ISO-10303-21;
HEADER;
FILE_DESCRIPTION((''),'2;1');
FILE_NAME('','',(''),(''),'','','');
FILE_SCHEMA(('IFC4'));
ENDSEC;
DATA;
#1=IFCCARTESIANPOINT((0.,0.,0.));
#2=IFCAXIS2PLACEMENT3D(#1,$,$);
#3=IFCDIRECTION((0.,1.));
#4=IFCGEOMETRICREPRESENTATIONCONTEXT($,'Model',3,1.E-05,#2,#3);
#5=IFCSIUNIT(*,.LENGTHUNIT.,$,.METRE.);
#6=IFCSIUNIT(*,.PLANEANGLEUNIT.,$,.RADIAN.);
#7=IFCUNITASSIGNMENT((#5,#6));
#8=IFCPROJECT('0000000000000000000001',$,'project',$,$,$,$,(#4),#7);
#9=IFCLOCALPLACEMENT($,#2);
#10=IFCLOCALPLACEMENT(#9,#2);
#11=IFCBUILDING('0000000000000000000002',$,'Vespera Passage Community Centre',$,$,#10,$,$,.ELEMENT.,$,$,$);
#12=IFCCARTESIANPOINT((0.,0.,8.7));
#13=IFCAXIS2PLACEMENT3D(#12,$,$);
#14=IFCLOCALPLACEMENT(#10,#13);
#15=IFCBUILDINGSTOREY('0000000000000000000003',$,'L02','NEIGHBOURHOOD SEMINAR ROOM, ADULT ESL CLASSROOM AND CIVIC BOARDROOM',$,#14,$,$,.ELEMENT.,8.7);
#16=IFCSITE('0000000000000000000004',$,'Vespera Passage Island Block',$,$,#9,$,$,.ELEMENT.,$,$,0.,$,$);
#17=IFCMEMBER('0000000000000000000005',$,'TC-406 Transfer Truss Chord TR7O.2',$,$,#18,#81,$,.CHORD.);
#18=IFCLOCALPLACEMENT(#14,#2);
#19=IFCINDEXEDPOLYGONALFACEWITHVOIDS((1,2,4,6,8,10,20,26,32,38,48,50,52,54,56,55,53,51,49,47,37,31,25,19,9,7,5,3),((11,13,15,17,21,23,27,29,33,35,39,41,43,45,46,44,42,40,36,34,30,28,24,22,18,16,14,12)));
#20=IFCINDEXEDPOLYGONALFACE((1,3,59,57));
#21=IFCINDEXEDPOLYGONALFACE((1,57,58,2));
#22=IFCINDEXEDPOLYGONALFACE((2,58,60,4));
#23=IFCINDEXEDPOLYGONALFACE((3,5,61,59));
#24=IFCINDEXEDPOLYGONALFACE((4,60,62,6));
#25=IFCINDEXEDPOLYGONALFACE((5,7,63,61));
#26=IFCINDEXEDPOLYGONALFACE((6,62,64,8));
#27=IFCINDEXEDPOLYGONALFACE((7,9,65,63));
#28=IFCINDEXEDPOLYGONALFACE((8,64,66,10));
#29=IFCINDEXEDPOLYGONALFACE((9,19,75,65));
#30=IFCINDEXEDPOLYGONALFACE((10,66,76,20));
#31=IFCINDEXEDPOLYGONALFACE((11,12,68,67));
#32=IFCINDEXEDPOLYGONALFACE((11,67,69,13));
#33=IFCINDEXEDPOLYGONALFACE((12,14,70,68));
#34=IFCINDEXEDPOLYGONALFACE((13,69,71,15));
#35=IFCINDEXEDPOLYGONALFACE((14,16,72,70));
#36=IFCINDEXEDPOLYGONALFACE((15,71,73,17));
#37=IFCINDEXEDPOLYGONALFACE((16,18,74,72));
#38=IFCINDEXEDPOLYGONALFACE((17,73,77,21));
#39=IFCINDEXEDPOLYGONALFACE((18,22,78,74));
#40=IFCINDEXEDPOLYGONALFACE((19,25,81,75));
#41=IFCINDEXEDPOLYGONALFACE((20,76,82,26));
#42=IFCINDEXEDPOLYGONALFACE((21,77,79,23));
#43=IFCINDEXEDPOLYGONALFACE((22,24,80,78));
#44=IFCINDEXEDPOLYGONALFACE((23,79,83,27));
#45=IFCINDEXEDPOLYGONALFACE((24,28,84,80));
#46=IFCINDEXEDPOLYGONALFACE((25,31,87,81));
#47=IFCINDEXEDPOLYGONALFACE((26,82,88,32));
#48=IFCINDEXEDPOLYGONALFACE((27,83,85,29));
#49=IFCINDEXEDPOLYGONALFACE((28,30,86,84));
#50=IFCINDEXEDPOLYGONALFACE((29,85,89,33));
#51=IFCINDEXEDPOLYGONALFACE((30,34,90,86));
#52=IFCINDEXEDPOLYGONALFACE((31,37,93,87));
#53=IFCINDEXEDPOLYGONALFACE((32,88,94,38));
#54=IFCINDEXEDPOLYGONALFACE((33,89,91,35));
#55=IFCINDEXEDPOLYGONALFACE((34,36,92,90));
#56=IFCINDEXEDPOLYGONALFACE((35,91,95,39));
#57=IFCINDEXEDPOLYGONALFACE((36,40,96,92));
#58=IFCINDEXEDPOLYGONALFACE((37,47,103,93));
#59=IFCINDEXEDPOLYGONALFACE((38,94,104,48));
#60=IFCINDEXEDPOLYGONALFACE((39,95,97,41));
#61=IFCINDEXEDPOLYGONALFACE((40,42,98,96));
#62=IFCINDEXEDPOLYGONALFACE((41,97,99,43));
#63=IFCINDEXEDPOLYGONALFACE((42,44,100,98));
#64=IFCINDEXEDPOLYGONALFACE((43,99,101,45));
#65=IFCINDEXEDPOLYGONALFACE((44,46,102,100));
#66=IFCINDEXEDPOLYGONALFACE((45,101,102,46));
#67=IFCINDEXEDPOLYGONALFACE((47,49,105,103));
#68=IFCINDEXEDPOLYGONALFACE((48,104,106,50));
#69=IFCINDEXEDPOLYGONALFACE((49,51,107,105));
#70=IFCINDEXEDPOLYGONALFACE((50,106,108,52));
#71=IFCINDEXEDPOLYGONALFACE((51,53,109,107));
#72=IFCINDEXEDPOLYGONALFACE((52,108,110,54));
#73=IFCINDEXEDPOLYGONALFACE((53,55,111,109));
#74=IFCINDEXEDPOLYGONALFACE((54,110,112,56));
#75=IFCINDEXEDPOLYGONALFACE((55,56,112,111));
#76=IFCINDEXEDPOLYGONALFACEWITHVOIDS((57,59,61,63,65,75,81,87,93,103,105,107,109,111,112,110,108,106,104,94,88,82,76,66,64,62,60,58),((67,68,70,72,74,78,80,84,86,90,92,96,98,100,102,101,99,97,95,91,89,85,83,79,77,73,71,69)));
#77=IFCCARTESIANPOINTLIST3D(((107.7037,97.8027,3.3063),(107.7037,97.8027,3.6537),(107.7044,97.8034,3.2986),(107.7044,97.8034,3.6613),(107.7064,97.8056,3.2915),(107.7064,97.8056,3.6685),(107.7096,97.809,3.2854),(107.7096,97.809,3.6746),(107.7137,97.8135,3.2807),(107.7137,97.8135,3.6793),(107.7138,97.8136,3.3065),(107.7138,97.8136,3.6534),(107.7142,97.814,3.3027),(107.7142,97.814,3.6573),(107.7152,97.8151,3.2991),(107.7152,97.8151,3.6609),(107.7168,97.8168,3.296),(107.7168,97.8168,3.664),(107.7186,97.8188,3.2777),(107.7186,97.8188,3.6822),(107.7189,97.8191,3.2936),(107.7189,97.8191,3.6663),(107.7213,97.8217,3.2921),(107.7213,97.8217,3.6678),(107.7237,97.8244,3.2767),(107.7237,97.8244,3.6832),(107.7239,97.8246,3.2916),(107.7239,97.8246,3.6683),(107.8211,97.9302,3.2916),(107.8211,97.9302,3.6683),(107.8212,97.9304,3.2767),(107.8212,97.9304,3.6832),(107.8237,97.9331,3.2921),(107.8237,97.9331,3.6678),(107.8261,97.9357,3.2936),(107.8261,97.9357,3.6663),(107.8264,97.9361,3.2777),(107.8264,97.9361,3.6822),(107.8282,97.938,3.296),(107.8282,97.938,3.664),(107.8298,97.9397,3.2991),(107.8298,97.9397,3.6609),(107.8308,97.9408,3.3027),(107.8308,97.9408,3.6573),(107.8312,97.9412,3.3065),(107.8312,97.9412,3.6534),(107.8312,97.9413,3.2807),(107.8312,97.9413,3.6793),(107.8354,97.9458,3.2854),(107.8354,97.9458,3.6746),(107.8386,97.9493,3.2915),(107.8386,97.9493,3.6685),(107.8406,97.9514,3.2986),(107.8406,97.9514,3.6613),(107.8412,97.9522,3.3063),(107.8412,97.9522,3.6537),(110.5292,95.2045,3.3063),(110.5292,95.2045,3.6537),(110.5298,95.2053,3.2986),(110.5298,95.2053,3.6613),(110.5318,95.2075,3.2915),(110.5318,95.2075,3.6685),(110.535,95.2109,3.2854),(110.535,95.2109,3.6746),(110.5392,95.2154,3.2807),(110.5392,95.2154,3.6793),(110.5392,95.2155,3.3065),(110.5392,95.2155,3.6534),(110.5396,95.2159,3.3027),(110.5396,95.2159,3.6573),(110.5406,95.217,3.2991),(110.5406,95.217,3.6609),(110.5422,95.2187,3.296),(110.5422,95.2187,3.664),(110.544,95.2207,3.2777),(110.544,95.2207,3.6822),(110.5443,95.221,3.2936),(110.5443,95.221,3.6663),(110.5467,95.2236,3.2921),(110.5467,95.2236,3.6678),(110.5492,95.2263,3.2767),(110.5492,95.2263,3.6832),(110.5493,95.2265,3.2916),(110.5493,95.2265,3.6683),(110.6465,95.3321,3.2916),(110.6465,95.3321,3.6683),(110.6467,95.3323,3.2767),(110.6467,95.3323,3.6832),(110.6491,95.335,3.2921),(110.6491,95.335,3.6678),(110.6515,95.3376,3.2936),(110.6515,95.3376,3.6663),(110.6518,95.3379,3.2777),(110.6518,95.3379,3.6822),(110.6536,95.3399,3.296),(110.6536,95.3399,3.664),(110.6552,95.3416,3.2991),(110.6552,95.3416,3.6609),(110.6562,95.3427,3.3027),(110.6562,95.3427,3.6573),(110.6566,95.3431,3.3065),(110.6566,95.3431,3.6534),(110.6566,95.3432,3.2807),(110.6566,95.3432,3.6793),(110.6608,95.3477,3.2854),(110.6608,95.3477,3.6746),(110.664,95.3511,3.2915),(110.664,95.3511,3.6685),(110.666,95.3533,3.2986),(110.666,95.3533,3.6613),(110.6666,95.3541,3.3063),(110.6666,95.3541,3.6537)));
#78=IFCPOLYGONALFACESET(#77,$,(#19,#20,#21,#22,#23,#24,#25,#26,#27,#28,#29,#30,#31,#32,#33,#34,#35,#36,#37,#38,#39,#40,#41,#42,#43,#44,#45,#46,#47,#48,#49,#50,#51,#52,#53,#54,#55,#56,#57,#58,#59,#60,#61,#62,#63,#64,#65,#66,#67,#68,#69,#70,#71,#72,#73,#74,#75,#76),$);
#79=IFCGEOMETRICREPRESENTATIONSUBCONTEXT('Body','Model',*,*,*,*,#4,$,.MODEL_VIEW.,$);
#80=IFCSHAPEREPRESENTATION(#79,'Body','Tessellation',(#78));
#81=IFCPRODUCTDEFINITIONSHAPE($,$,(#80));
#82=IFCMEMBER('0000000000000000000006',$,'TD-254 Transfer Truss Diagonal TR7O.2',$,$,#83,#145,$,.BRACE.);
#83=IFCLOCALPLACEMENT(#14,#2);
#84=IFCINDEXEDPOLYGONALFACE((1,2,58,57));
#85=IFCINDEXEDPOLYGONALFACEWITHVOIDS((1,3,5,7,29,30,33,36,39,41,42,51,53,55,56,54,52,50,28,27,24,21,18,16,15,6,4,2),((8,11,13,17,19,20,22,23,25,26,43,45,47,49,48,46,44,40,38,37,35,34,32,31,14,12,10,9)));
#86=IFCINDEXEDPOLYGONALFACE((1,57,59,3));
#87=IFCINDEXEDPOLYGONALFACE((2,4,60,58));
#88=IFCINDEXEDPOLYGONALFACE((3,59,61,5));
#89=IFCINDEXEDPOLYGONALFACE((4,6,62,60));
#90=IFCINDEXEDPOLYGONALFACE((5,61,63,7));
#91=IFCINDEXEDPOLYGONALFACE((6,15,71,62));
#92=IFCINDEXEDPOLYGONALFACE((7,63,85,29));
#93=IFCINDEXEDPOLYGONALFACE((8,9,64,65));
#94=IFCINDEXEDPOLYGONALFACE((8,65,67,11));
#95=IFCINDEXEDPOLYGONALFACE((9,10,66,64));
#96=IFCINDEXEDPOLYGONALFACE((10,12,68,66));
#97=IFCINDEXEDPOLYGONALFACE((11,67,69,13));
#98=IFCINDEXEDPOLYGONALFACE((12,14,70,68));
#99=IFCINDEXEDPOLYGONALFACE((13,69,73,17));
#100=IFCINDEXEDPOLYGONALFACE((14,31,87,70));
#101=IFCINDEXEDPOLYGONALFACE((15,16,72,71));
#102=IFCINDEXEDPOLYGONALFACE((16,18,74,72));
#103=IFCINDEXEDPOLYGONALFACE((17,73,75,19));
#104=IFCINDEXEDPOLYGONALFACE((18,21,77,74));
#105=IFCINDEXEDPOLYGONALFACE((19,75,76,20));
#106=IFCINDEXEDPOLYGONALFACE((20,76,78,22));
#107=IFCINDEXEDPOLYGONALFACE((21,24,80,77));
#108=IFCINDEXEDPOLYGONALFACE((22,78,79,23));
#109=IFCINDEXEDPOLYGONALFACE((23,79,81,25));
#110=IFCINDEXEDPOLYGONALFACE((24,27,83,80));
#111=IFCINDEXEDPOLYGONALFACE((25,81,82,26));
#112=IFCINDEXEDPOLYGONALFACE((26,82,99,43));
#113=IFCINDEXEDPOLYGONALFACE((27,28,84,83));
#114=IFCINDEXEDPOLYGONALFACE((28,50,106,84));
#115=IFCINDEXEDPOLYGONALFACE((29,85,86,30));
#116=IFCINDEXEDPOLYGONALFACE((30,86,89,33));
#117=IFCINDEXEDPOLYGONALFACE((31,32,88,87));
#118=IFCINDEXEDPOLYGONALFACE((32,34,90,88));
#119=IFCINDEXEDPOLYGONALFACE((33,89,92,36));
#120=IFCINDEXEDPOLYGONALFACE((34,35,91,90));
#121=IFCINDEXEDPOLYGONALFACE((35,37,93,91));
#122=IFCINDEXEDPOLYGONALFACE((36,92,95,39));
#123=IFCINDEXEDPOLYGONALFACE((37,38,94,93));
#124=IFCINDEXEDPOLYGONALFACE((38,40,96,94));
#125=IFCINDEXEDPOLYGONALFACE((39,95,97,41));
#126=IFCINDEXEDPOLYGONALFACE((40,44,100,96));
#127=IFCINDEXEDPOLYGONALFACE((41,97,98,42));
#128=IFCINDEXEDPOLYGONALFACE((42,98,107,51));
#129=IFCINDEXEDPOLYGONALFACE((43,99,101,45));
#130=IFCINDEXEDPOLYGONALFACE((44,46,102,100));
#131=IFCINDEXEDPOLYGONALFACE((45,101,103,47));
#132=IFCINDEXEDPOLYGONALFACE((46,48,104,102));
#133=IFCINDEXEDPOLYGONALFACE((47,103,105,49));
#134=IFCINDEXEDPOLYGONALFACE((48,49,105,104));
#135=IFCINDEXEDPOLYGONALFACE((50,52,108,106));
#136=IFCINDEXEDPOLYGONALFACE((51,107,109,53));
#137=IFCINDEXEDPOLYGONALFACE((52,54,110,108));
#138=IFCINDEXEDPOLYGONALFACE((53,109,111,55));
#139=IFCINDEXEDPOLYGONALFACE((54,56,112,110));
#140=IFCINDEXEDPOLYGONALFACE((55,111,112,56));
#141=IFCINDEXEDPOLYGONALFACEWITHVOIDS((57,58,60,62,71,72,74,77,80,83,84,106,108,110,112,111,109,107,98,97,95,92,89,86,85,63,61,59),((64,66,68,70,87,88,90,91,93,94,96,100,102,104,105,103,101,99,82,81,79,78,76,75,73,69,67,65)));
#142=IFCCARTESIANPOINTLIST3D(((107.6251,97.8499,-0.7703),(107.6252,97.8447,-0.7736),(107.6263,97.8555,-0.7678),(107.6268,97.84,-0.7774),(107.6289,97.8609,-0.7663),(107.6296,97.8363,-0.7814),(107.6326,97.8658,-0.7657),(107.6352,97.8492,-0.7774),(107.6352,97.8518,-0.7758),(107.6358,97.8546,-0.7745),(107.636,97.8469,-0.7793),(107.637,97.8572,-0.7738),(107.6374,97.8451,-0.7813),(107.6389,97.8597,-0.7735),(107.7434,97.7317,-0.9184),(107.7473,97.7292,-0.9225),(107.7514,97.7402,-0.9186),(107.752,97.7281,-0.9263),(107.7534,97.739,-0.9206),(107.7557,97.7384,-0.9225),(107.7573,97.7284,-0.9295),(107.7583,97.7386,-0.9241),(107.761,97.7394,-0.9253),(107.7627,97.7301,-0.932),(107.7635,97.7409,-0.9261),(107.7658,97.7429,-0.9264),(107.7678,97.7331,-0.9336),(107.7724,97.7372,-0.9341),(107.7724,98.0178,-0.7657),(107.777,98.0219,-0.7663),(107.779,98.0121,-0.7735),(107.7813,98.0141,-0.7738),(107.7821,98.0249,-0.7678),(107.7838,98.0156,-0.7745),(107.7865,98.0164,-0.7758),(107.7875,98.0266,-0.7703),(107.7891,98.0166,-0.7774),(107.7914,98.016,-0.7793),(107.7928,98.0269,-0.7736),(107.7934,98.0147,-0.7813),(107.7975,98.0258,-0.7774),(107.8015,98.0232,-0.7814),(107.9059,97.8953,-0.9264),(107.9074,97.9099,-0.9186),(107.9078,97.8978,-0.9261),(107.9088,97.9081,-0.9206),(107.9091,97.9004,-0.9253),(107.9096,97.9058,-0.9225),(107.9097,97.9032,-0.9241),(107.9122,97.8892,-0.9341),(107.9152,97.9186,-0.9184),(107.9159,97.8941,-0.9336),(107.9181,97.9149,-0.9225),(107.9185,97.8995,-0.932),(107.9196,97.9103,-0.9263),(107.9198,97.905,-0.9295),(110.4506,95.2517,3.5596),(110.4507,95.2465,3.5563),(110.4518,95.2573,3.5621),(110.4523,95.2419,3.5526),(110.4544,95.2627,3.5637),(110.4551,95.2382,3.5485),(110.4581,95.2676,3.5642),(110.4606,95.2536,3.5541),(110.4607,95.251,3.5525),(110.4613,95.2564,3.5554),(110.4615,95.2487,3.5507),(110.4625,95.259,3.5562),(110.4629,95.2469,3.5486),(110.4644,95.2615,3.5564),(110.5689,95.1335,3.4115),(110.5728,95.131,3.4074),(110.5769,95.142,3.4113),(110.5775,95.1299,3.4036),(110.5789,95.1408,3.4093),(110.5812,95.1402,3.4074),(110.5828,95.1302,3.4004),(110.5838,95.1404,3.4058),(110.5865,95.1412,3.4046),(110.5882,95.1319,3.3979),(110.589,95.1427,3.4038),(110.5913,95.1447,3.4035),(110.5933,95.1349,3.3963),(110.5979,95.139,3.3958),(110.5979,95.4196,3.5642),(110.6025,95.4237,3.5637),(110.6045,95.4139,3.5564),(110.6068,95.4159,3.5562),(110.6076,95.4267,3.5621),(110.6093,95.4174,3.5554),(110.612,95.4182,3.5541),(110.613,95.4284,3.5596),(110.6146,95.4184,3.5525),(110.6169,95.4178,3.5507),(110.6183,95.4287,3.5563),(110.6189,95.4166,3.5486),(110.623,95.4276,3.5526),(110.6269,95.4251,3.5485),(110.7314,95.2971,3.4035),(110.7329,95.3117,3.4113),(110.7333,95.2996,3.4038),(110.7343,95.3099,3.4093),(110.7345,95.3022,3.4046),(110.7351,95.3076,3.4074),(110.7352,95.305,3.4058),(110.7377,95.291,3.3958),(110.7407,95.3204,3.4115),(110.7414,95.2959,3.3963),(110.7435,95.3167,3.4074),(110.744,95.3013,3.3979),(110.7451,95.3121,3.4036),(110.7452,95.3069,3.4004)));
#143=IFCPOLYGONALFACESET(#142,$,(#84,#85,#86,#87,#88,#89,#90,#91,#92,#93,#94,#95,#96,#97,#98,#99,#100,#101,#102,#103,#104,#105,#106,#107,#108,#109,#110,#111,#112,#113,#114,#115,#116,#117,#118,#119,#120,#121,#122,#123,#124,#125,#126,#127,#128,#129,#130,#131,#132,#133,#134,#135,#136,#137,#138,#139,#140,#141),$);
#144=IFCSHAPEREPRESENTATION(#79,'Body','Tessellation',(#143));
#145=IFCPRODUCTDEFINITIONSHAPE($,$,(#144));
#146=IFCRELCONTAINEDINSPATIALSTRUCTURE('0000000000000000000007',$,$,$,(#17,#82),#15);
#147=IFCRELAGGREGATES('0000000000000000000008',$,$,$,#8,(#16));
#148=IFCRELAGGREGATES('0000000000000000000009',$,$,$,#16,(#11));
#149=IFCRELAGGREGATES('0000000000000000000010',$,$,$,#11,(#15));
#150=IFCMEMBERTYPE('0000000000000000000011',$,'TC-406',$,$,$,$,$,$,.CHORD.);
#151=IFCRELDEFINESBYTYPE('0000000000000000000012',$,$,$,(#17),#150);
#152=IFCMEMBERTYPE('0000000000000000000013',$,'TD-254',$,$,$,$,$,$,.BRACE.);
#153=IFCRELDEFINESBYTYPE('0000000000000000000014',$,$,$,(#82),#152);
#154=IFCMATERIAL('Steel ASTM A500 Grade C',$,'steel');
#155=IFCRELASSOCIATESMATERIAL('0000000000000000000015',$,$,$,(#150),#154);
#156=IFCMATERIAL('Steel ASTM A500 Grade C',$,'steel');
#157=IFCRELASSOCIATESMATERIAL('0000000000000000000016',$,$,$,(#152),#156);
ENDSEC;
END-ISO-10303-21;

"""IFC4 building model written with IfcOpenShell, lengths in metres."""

from ifc_helpers import new_model, si_unit, direction, frame, origin, origin_2d, place, context, subcontext, project, spatial, hollow_rectangle, extrude, material, material_profile, profile_set, type_object, element, save


model = new_model("IFC4")

# Units and contexts
model_context = context("Model", 3, precision=1e-05, world=origin(), true_north=direction((0.0, 1.0)))
body_context = subcontext(model_context, "Body", "Model", "MODEL_VIEW")
ifc_project = project(units=[si_unit("LENGTHUNIT", "METRE"), si_unit("PLANEANGLEUNIT", "RADIAN")], contexts=[model_context])

# Site, building, storey
site_placement = place(None, origin())
site = spatial("IfcSite", under=ifc_project, at=site_placement, Name="Vespera Passage Island Block", CompositionType="ELEMENT", RefElevation=0.0)
building_placement = place(site_placement, origin())
building = spatial("IfcBuilding", under=site, at=building_placement, Name="Vespera Passage Community Centre", CompositionType="ELEMENT")
storey_placement = place(building_placement, frame((0.0, 0.0, 8.7)))
storey = spatial("IfcBuildingStorey", under=building, at=storey_placement, Name="L02", Description="NEIGHBOURHOOD SEMINAR ROOM, ADULT ESL CLASSROOM AND CIVIC BOARDROOM", CompositionType="ELEMENT", Elevation=8.7)

# Members
ifc_material_1 = material(Name="Steel ASTM A500 Grade C", Category="steel")
ifc_material_profile_1 = material_profile(ifc_material_1, hollow_rectangle(XDim=0.2031, YDim=0.4065, WallThickness=0.0149, InnerFilletRadius=0.0149, OuterFilletRadius=0.0295, at=origin_2d()), Name="HSS406X203X15.9")
ifc_profile_set_1 = profile_set([ifc_material_profile_1], Name="Steel ASTM A500 Grade C")
member_type_1 = type_object("IfcMemberType", Name="TC-406", PredefinedType="CHORD", material=ifc_profile_set_1)
member_1_placement = place(storey_placement, frame((110.5979, 95.2793, 3.48), z_axis=(-0.736095, 0.676879, 0.0), x_axis=(-0.676879, -0.736095, 0.0)))
element("IfcMember", 1, at=member_1_placement, inside=storey, type_object=member_type_1, Name="TC-406 Transfer Truss Chord TR7O.2", PredefinedType="CHORD", context=body_context, shape_type="SweptSolid", body=[
    extrude(hollow_rectangle(XDim=0.2031, YDim=0.4065, WallThickness=0.0149, InnerFilletRadius=0.0149, OuterFilletRadius=0.0295, at=origin_2d()), origin(), (0.0, 0.0, 1.0), 3.8384),
])
ifc_material_2 = material(Name="Steel ASTM A500 Grade C", Category="steel")
ifc_material_profile_2 = material_profile(ifc_material_2, hollow_rectangle(XDim=0.2539, YDim=0.2539, WallThickness=0.0117, InnerFilletRadius=0.0117, OuterFilletRadius=0.0237, at=origin_2d()), Name="HSS254X254X12.7")
ifc_profile_set_2 = profile_set([ifc_material_profile_2], Name="Steel ASTM A500 Grade C")
member_type_2 = type_object("IfcMemberType", Name="TD-254", PredefinedType="BRACE", material=ifc_profile_set_2)
member_2_placement = place(storey_placement, frame((110.5979, 95.2793, 3.48), z_axis=(-0.488301, 0.449019, -0.748294), x_axis=(-0.676879, -0.736095, 0.0)))
element("IfcMember", 2, at=member_2_placement, inside=storey, type_object=member_type_2, Name="TD-254 Transfer Truss Diagonal TR7O.2", PredefinedType="BRACE", context=body_context, shape_type="SweptSolid", body=[
    extrude(hollow_rectangle(XDim=0.2539, YDim=0.2539, WallThickness=0.0117, InnerFilletRadius=0.0117, OuterFilletRadius=0.0237, at=origin_2d()), origin(), (0.0, 0.0, 1.0), 5.7864),
])

save(model, "model.ifc")
